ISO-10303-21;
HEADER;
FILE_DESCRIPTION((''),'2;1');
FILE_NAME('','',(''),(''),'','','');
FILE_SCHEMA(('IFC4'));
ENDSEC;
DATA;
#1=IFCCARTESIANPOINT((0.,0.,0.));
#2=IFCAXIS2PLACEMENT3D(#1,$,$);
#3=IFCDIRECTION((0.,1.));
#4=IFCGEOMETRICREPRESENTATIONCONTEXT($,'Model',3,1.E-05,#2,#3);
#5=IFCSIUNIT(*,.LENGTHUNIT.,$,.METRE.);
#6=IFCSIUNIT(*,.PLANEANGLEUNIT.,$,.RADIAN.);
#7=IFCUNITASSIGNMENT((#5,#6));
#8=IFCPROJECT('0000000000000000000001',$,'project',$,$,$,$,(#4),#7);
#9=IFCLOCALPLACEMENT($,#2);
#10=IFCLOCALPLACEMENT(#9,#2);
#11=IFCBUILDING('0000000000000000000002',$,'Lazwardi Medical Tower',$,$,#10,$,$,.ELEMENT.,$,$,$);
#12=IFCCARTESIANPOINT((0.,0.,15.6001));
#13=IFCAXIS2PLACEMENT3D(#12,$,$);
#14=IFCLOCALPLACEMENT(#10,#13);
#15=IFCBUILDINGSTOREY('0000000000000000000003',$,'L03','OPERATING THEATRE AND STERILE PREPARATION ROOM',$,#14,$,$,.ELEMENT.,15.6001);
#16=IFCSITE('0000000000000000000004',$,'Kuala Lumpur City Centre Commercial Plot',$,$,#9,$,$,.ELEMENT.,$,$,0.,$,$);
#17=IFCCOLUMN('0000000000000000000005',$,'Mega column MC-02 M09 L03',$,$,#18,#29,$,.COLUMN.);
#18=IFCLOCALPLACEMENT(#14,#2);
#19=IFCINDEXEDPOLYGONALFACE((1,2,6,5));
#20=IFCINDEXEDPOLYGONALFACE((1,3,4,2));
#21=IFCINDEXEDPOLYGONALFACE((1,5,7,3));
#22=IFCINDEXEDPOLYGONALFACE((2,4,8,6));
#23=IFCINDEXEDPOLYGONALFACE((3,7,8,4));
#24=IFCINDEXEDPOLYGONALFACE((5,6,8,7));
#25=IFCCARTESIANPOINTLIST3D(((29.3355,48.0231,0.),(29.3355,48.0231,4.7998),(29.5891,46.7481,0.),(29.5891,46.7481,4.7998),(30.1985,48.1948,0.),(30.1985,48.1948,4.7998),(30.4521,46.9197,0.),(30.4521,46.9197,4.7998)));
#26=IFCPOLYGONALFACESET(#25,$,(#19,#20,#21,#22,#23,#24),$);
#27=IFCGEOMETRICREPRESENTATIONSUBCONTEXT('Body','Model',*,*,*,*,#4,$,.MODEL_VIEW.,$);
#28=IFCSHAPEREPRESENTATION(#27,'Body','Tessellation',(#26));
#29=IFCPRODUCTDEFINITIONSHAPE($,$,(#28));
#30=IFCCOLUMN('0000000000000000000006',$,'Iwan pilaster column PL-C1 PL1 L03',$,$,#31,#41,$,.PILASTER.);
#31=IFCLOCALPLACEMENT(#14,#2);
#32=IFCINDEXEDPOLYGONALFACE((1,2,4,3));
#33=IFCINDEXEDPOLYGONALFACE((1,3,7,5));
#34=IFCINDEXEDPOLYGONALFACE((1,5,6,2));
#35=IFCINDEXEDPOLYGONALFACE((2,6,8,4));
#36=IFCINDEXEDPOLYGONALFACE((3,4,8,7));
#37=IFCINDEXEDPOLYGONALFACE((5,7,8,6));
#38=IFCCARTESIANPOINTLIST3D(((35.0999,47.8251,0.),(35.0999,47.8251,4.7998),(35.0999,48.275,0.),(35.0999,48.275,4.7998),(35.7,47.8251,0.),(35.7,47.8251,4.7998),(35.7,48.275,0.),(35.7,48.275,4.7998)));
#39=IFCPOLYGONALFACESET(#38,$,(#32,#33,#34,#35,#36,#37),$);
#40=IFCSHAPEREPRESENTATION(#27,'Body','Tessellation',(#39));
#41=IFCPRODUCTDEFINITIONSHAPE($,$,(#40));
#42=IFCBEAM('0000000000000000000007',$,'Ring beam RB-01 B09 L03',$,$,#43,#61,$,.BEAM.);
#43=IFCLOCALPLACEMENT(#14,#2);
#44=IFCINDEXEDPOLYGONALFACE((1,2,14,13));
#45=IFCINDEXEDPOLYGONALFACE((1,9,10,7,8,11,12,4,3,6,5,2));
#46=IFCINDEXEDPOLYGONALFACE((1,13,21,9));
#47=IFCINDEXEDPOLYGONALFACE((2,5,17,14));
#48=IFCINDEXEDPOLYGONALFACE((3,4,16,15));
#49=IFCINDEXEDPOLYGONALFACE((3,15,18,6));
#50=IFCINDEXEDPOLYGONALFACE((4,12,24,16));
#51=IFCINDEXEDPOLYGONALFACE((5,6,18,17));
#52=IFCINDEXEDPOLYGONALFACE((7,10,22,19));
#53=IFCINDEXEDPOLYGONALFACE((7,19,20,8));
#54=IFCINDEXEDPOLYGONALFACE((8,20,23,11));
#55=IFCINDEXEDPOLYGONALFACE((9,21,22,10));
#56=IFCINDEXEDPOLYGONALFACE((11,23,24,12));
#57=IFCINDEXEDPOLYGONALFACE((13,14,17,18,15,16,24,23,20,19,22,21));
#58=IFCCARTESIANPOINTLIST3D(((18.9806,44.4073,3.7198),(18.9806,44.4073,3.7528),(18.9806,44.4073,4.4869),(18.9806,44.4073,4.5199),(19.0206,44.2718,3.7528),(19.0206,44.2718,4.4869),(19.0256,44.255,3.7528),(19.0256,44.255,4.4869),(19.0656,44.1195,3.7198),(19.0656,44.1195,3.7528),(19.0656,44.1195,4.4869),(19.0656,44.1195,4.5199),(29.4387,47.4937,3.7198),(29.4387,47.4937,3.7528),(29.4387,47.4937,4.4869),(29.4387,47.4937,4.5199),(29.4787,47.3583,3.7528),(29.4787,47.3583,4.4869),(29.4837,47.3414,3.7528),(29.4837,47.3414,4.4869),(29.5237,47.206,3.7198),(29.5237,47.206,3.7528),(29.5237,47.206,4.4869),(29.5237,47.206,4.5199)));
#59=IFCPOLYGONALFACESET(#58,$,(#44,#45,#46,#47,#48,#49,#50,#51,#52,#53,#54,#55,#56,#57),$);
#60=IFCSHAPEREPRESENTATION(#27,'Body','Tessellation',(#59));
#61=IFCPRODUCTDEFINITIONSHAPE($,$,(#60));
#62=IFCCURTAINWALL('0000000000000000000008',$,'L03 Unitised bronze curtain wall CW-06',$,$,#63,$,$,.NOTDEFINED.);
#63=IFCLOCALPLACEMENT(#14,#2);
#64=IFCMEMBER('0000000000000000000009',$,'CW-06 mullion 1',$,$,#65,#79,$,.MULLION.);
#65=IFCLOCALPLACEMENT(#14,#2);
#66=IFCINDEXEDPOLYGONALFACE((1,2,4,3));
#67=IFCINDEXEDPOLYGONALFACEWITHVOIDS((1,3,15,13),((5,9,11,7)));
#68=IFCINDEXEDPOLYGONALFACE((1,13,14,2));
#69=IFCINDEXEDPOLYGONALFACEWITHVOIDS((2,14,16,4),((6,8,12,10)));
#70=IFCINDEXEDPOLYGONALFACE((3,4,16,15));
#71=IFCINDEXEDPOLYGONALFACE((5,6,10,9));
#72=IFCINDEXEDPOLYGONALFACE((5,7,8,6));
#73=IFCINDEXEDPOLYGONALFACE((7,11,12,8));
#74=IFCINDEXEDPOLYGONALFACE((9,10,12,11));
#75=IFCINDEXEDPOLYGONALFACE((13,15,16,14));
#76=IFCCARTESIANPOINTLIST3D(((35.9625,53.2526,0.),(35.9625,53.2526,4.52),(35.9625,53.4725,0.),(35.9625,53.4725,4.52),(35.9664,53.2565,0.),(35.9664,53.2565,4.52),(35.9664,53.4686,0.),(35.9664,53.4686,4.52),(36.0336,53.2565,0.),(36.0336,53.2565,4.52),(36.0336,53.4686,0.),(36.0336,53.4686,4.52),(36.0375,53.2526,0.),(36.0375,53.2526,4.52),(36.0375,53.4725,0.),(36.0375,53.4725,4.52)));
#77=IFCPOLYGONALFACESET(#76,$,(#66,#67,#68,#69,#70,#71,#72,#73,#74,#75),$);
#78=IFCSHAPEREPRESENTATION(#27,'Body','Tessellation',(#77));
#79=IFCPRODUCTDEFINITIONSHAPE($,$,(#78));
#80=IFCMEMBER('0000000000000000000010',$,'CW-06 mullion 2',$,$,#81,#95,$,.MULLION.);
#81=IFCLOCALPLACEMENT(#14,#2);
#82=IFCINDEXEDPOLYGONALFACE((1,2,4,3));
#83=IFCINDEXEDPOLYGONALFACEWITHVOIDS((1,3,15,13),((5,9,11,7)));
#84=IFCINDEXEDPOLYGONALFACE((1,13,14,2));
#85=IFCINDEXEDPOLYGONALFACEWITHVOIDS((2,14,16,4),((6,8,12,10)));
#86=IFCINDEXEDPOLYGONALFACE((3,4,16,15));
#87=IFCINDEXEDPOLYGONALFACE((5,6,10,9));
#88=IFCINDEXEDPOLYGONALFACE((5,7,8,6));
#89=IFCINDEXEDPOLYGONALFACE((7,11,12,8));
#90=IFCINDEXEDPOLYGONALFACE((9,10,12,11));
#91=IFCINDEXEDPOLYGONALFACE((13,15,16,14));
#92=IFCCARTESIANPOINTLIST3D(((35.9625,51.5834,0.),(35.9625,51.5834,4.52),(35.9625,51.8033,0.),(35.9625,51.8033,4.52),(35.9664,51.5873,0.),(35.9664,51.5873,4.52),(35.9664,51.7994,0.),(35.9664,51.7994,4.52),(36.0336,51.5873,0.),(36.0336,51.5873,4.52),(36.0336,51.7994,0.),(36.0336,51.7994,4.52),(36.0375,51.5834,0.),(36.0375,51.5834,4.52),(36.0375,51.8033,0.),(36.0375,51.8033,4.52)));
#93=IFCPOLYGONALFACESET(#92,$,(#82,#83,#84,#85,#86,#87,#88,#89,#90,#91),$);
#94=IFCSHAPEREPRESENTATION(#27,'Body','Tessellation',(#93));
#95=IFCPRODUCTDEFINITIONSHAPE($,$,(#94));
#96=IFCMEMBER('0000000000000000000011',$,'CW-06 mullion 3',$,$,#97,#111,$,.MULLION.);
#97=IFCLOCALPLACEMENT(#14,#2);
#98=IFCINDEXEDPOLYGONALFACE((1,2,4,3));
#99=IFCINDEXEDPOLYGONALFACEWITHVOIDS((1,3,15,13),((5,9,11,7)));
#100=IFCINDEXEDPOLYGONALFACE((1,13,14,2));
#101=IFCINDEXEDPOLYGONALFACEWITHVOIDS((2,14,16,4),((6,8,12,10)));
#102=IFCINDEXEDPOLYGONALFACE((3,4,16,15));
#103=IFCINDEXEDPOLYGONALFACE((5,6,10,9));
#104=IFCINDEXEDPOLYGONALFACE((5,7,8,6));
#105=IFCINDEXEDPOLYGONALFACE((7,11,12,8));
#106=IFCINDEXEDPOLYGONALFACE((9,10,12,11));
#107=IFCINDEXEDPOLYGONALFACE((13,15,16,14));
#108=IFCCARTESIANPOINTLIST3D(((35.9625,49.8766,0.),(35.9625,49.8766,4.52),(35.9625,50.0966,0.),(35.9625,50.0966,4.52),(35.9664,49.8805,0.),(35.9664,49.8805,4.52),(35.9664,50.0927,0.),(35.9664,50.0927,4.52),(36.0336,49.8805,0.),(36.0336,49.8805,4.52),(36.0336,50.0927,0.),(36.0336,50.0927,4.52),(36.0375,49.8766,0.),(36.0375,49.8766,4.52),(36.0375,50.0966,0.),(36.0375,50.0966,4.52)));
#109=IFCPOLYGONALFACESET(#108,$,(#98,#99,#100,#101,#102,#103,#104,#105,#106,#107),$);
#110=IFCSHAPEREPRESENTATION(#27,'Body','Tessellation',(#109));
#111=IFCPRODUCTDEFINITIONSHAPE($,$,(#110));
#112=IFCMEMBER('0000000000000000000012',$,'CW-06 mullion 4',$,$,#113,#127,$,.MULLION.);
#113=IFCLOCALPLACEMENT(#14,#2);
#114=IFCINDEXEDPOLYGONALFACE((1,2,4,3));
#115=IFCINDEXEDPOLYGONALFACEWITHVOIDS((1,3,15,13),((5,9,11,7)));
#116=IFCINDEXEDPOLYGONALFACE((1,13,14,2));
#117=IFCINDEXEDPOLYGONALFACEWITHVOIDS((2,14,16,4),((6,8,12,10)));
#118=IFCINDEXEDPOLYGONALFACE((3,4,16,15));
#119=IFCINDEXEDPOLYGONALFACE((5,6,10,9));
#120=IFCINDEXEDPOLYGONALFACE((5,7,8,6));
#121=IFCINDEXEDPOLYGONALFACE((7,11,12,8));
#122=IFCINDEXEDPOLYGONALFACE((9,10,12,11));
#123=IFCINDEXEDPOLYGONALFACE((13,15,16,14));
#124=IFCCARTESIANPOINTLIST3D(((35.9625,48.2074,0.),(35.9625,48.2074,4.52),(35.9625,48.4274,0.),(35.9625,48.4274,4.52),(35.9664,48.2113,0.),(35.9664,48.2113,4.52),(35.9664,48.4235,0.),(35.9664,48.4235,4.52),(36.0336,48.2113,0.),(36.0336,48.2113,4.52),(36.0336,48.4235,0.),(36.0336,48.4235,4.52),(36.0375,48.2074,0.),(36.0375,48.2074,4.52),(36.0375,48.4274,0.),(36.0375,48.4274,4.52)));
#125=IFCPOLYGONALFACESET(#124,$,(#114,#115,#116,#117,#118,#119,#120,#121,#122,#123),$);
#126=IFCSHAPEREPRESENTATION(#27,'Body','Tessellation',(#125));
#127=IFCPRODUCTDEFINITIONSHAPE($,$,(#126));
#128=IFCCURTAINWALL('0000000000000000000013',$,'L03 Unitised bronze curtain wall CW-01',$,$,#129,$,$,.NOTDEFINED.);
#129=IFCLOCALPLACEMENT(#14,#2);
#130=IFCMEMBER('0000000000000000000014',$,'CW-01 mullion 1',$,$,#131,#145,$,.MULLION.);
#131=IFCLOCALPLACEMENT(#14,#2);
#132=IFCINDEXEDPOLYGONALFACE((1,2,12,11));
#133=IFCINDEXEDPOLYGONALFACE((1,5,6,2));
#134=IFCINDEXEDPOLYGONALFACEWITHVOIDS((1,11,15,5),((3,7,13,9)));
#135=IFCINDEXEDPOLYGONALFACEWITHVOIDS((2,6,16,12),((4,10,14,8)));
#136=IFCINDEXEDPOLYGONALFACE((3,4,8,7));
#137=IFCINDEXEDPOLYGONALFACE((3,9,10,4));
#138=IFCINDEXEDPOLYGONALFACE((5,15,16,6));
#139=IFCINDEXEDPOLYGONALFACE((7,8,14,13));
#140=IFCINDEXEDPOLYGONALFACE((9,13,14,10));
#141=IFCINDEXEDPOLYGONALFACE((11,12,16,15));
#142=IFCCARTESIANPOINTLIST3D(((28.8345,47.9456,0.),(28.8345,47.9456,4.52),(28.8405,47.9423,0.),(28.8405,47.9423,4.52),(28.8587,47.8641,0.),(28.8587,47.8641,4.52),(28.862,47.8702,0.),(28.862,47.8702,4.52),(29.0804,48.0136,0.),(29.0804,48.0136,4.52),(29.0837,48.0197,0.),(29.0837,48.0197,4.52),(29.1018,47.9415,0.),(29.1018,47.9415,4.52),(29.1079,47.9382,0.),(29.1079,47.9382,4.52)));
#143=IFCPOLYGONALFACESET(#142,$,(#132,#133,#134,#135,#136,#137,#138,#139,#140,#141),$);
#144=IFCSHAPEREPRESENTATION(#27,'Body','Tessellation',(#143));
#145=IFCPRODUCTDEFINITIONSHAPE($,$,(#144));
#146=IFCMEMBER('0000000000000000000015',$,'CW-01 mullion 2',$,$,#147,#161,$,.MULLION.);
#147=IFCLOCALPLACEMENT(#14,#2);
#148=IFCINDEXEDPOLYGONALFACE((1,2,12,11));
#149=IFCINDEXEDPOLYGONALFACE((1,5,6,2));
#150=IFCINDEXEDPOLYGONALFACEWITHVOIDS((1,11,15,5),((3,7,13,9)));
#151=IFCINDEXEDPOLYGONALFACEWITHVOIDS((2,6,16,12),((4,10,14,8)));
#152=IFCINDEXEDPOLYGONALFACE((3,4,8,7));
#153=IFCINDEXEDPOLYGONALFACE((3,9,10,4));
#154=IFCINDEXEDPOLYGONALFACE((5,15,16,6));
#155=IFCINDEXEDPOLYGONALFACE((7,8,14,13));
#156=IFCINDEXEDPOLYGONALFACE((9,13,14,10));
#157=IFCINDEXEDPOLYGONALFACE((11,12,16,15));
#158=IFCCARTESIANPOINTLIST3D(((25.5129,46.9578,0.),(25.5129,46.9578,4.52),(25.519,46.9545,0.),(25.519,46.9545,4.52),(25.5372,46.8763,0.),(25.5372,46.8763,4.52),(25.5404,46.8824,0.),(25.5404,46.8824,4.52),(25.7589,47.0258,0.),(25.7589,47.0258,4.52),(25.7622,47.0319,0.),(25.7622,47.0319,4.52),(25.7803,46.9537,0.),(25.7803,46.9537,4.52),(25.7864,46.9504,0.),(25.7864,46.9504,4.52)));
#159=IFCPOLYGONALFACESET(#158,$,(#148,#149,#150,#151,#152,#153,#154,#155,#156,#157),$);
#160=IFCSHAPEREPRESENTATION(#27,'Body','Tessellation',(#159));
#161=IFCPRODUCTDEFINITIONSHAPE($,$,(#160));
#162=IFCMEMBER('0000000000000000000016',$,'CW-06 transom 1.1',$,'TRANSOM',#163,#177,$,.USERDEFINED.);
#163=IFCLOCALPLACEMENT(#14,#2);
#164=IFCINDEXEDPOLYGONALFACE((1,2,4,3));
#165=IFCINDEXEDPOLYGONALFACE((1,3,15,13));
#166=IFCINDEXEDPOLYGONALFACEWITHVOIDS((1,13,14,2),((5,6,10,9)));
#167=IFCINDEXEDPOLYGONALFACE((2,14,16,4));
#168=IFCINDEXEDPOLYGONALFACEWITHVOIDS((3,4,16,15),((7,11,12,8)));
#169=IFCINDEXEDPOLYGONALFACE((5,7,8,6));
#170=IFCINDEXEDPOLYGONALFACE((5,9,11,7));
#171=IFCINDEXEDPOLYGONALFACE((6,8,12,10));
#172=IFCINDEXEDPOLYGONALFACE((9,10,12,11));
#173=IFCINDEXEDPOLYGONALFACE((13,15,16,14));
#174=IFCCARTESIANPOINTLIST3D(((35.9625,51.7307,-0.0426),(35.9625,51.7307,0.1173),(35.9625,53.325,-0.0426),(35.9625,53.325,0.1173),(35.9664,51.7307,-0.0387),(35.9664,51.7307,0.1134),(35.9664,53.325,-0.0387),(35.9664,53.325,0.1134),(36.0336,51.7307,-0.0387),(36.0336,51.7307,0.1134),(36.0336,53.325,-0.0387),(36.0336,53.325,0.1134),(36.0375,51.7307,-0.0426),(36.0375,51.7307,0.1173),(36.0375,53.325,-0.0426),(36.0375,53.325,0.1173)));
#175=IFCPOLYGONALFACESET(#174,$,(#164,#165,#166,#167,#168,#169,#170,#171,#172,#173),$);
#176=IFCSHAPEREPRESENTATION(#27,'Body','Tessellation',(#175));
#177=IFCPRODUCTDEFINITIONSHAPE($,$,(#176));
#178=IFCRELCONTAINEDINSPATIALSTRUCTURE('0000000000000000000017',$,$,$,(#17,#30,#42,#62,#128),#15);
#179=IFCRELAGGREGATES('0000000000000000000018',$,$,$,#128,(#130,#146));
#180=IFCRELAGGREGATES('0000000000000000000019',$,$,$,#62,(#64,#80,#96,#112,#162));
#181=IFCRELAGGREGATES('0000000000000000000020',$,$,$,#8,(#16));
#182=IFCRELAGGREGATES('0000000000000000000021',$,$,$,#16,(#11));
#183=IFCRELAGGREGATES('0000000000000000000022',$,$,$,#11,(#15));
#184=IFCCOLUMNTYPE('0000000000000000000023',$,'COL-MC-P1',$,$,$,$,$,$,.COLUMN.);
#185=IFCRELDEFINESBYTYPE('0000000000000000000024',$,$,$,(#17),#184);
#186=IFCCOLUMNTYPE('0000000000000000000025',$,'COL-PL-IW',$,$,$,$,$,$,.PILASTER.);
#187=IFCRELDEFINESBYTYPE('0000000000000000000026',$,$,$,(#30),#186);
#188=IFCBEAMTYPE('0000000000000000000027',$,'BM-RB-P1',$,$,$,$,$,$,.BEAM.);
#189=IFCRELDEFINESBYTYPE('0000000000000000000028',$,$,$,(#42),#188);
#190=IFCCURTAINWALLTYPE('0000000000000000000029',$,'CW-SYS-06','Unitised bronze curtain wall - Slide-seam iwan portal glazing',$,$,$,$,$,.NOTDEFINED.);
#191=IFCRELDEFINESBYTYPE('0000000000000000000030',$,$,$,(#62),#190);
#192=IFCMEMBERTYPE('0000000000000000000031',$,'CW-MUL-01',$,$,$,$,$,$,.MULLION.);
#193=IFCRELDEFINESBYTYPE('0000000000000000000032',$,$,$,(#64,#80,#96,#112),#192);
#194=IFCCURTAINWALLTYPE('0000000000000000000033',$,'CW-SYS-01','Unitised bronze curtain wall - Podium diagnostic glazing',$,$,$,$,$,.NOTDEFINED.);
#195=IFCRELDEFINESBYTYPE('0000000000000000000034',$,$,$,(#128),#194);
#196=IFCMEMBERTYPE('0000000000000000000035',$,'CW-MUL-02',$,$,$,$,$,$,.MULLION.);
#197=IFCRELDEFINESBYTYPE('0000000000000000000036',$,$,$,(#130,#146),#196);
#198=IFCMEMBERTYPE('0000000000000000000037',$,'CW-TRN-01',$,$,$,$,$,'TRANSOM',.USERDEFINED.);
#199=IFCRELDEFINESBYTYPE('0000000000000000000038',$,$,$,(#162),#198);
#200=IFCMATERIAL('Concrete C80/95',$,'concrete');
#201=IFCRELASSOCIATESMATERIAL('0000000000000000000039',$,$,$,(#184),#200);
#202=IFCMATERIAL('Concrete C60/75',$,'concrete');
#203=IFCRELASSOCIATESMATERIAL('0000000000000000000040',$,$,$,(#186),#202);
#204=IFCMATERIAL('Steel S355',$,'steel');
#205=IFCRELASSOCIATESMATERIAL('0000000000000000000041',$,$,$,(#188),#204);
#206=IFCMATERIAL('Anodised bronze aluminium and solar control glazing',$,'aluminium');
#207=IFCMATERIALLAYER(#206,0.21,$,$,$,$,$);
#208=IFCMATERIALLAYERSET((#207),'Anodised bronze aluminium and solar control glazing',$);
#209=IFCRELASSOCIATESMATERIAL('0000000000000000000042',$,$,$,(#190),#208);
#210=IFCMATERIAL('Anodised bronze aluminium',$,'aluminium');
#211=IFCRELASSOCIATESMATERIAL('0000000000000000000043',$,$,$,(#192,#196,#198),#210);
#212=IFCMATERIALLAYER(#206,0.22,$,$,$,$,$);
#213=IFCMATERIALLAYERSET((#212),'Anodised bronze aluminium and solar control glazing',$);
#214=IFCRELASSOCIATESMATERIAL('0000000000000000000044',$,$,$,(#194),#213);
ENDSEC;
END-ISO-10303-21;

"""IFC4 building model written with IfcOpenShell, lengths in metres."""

from ifc_helpers import new_model, si_unit, direction, frame, origin, origin_2d, place, context, subcontext, project, spatial, rectangle, hollow_rectangle, i_section, extrude, material, layer, layer_set, material_profile, profile_set, type_object, element, aggregate, save


model = new_model("IFC4")

# Units and contexts
model_context = context("Model", 3, precision=1e-05, world=origin(), true_north=direction((0.0, 1.0)))
body_context = subcontext(model_context, "Body", "Model", "MODEL_VIEW")
ifc_project = project(units=[si_unit("LENGTHUNIT", "METRE"), si_unit("PLANEANGLEUNIT", "RADIAN")], contexts=[model_context])

# Site, building, storey
site_placement = place(None, origin())
site = spatial("IfcSite", under=ifc_project, at=site_placement, Name="Kuala Lumpur City Centre Commercial Plot", CompositionType="ELEMENT", RefElevation=0.0)
building_placement = place(site_placement, origin())
building = spatial("IfcBuilding", under=site, at=building_placement, Name="Lazwardi Medical Tower", CompositionType="ELEMENT")
storey_placement = place(building_placement, frame((0.0, 0.0, 15.6001)))
storey = spatial("IfcBuildingStorey", under=building, at=storey_placement, Name="L03", Description="OPERATING THEATRE AND STERILE PREPARATION ROOM", CompositionType="ELEMENT", Elevation=15.6001)

# Columns
ifc_material_1 = material(Name="Concrete C80/95", Category="concrete")
ifc_material_profile_1 = material_profile(ifc_material_1, rectangle(XDim=1.3, YDim=0.8799, at=origin_2d()), Name="CFT-RECT 1300x880")
ifc_profile_set_1 = profile_set([ifc_material_profile_1], Name="Concrete C80/95")
column_type_1 = type_object("IfcColumnType", Name="COL-MC-P1", PredefinedType="COLUMN", material=ifc_profile_set_1)
column_1_placement = place(storey_placement, frame((29.8938, 47.4714, 0.0), z_axis=(0.0, 0.0, 1.0), x_axis=(-0.19509, 0.980785, 0.0)))
element("IfcColumn", 1, at=column_1_placement, inside=storey, type_object=column_type_1, Name="Mega column MC-02 M09 L03", PredefinedType="COLUMN", context=body_context, shape_type="SweptSolid", body=[
    extrude(rectangle(XDim=1.3, YDim=0.8799, at=origin_2d()), origin(), (0.0, 0.0, 1.0), 4.7998),
])
ifc_material_2 = material(Name="Concrete C60/75", Category="concrete")
ifc_material_profile_2 = material_profile(ifc_material_2, rectangle(XDim=0.6001, YDim=0.45, at=origin_2d()), Name="RC 600x450")
ifc_profile_set_2 = profile_set([ifc_material_profile_2], Name="Concrete C60/75")
column_type_2 = type_object("IfcColumnType", Name="COL-PL-IW", PredefinedType="PILASTER", material=ifc_profile_set_2)
column_2_placement = place(storey_placement, frame((35.3999, 48.05, 0.0), z_axis=(0.0, 0.0, 1.0), x_axis=(1.0, 0.0, 0.0)))
element("IfcColumn", 2, at=column_2_placement, inside=storey, type_object=column_type_2, Name="Iwan pilaster column PL-C1 PL1 L03", PredefinedType="PILASTER", context=body_context, shape_type="SweptSolid", body=[
    extrude(rectangle(XDim=0.6001, YDim=0.45, at=origin_2d()), origin(), (0.0, 0.0, 1.0), 4.7998),
])

# Beam
ifc_material_3 = material(Name="Steel S355", Category="steel")
ifc_material_profile_3 = material_profile(ifc_material_3, i_section(OverallWidth=0.3, OverallDepth=0.8, WebThickness=0.0176, FlangeThickness=0.033, at=origin_2d()), Name="HEB 800")
ifc_profile_set_3 = profile_set([ifc_material_profile_3], Name="Steel S355")
beam_type = type_object("IfcBeamType", Name="BM-RB-P1", PredefinedType="BEAM", material=ifc_profile_set_3)
beam_placement = place(storey_placement, frame((29.4812, 47.3499, 4.1199), z_axis=(-0.959103, -0.283056, 0.0), x_axis=(0.283056, -0.959103, 0.0)))
element("IfcBeam", 3, at=beam_placement, inside=storey, type_object=beam_type, Name="Ring beam RB-01 B09 L03", PredefinedType="BEAM", context=body_context, shape_type="SweptSolid", body=[
    extrude(i_section(OverallWidth=0.3, OverallDepth=0.8, WebThickness=0.0176, FlangeThickness=0.033, at=origin_2d()), origin(), (0.0, 0.0, 1.0), 10.9041),
])

# Curtain walls, members
ifc_material_4 = material(Name="Anodised bronze aluminium and solar control glazing", Category="aluminium")
ifc_layer_1 = layer(ifc_material_4, 0.21)
ifc_layer_set_1 = layer_set([ifc_layer_1], Name="Anodised bronze aluminium and solar control glazing")
curtain_wall_type_1 = type_object("IfcCurtainWallType", Name="CW-SYS-06", Description="Unitised bronze curtain wall - Slide-seam iwan portal glazing", PredefinedType="NOTDEFINED", material=ifc_layer_set_1)
curtain_wall_1_placement = place(storey_placement, origin())
curtain_wall_1 = element("IfcCurtainWall", 4, at=curtain_wall_1_placement, inside=storey, type_object=curtain_wall_type_1, Name="L03 Unitised bronze curtain wall CW-06", PredefinedType="NOTDEFINED")
ifc_material_5 = material(Name="Anodised bronze aluminium", Category="aluminium")
ifc_material_profile_4 = material_profile(ifc_material_5, hollow_rectangle(XDim=0.075, YDim=0.22, WallThickness=0.0039, at=origin_2d()), Name="ALU-MULLION 220x75x4")
ifc_profile_set_4 = profile_set([ifc_material_profile_4], Name="Anodised bronze aluminium")
member_type_1 = type_object("IfcMemberType", Name="CW-MUL-01", PredefinedType="MULLION", material=ifc_profile_set_4)
member_1_placement = place(storey_placement, frame((36.0, 53.3625, 0.0), z_axis=(0.0, 0.0, 1.0), x_axis=(1.0, 0.0, 0.0)))
member_1 = element("IfcMember", 5, at=member_1_placement, type_object=member_type_1, Name="CW-06 mullion 1", PredefinedType="MULLION", context=body_context, shape_type="SweptSolid", body=[
    extrude(hollow_rectangle(XDim=0.075, YDim=0.22, WallThickness=0.0039, at=origin_2d()), origin(), (0.0, 0.0, 1.0), 4.52),
])
member_2_placement = place(storey_placement, frame((36.0, 51.6934, 0.0), z_axis=(0.0, 0.0, 1.0), x_axis=(1.0, 0.0, 0.0)))
member_2 = element("IfcMember", 6, at=member_2_placement, type_object=member_type_1, Name="CW-06 mullion 2", PredefinedType="MULLION", context=body_context, shape_type="SweptSolid", body=[
    extrude(hollow_rectangle(XDim=0.075, YDim=0.22, WallThickness=0.0039, at=origin_2d()), origin(), (0.0, 0.0, 1.0), 4.52),
])
member_3_placement = place(storey_placement, frame((36.0, 49.9866, 0.0), z_axis=(0.0, 0.0, 1.0), x_axis=(1.0, 0.0, 0.0)))
member_3 = element("IfcMember", 7, at=member_3_placement, type_object=member_type_1, Name="CW-06 mullion 3", PredefinedType="MULLION", context=body_context, shape_type="SweptSolid", body=[
    extrude(hollow_rectangle(XDim=0.075, YDim=0.22, WallThickness=0.0039, at=origin_2d()), origin(), (0.0, 0.0, 1.0), 4.52),
])
member_4_placement = place(storey_placement, frame((36.0, 48.3174, 0.0), z_axis=(0.0, 0.0, 1.0), x_axis=(1.0, 0.0, 0.0)))
member_4 = element("IfcMember", 8, at=member_4_placement, type_object=member_type_1, Name="CW-06 mullion 4", PredefinedType="MULLION", context=body_context, shape_type="SweptSolid", body=[
    extrude(hollow_rectangle(XDim=0.075, YDim=0.22, WallThickness=0.0039, at=origin_2d()), origin(), (0.0, 0.0, 1.0), 4.52),
])
ifc_layer_2 = layer(ifc_material_4, 0.22)
ifc_layer_set_2 = layer_set([ifc_layer_2], Name="Anodised bronze aluminium and solar control glazing")
curtain_wall_type_2 = type_object("IfcCurtainWallType", Name="CW-SYS-01", Description="Unitised bronze curtain wall - Podium diagnostic glazing", PredefinedType="NOTDEFINED", material=ifc_layer_set_2)
curtain_wall_2_placement = place(storey_placement, origin())
curtain_wall_2 = element("IfcCurtainWall", 9, at=curtain_wall_2_placement, inside=storey, type_object=curtain_wall_type_2, Name="L03 Unitised bronze curtain wall CW-01", PredefinedType="NOTDEFINED")
ifc_material_profile_5 = material_profile(ifc_material_5, hollow_rectangle(XDim=0.085, YDim=0.26, WallThickness=0.0049, at=origin_2d()), Name="ALU-MULLION 260x85x5")
ifc_profile_set_5 = profile_set([ifc_material_profile_5], Name="Anodised bronze aluminium")
member_type_2 = type_object("IfcMemberType", Name="CW-MUL-02", PredefinedType="MULLION", material=ifc_profile_set_5)
member_5_placement = place(storey_placement, frame((28.9712, 47.9419, 0.0), z_axis=(0.0, 0.0, 1.0), x_axis=(0.285047, -0.958513, 0.0)))
member_5 = element("IfcMember", 10, at=member_5_placement, type_object=member_type_2, Name="CW-01 mullion 1", PredefinedType="MULLION", context=body_context, shape_type="SweptSolid", body=[
    extrude(hollow_rectangle(XDim=0.085, YDim=0.26, WallThickness=0.0049, at=origin_2d()), origin(), (0.0, 0.0, 1.0), 4.52),
])
member_6_placement = place(storey_placement, frame((25.6497, 46.9541, 0.0), z_axis=(0.0, 0.0, 1.0), x_axis=(0.285047, -0.958513, 0.0)))
member_6 = element("IfcMember", 11, at=member_6_placement, type_object=member_type_2, Name="CW-01 mullion 2", PredefinedType="MULLION", context=body_context, shape_type="SweptSolid", body=[
    extrude(hollow_rectangle(XDim=0.085, YDim=0.26, WallThickness=0.0049, at=origin_2d()), origin(), (0.0, 0.0, 1.0), 4.52),
])

# Member
ifc_material_profile_6 = material_profile(ifc_material_5, hollow_rectangle(XDim=0.075, YDim=0.1599, WallThickness=0.0039, at=origin_2d()), Name="ALU-TRANSOM 160x75x4")
ifc_profile_set_6 = profile_set([ifc_material_profile_6], Name="Anodised bronze aluminium")
member_type_3 = type_object("IfcMemberType", Name="CW-TRN-01", ElementType="TRANSOM", PredefinedType="USERDEFINED", material=ifc_profile_set_6)
member_7_placement = place(storey_placement, frame((36.0, 53.325, 0.0374), z_axis=(0.0, -1.0, 0.0), x_axis=(1.0, 0.0, 0.0)))
member_7 = element("IfcMember", 12, at=member_7_placement, type_object=member_type_3, Name="CW-06 transom 1.1", ObjectType="TRANSOM", PredefinedType="USERDEFINED", context=body_context, shape_type="SweptSolid", body=[
    extrude(hollow_rectangle(XDim=0.075, YDim=0.1599, WallThickness=0.0039, at=origin_2d()), origin(), (0.0, 0.0, 1.0), 1.5942),
])

aggregate(curtain_wall_2, [member_5, member_6])
aggregate(curtain_wall_1, [member_1, member_2, member_3, member_4, member_7])

save(model, "model.ifc")
